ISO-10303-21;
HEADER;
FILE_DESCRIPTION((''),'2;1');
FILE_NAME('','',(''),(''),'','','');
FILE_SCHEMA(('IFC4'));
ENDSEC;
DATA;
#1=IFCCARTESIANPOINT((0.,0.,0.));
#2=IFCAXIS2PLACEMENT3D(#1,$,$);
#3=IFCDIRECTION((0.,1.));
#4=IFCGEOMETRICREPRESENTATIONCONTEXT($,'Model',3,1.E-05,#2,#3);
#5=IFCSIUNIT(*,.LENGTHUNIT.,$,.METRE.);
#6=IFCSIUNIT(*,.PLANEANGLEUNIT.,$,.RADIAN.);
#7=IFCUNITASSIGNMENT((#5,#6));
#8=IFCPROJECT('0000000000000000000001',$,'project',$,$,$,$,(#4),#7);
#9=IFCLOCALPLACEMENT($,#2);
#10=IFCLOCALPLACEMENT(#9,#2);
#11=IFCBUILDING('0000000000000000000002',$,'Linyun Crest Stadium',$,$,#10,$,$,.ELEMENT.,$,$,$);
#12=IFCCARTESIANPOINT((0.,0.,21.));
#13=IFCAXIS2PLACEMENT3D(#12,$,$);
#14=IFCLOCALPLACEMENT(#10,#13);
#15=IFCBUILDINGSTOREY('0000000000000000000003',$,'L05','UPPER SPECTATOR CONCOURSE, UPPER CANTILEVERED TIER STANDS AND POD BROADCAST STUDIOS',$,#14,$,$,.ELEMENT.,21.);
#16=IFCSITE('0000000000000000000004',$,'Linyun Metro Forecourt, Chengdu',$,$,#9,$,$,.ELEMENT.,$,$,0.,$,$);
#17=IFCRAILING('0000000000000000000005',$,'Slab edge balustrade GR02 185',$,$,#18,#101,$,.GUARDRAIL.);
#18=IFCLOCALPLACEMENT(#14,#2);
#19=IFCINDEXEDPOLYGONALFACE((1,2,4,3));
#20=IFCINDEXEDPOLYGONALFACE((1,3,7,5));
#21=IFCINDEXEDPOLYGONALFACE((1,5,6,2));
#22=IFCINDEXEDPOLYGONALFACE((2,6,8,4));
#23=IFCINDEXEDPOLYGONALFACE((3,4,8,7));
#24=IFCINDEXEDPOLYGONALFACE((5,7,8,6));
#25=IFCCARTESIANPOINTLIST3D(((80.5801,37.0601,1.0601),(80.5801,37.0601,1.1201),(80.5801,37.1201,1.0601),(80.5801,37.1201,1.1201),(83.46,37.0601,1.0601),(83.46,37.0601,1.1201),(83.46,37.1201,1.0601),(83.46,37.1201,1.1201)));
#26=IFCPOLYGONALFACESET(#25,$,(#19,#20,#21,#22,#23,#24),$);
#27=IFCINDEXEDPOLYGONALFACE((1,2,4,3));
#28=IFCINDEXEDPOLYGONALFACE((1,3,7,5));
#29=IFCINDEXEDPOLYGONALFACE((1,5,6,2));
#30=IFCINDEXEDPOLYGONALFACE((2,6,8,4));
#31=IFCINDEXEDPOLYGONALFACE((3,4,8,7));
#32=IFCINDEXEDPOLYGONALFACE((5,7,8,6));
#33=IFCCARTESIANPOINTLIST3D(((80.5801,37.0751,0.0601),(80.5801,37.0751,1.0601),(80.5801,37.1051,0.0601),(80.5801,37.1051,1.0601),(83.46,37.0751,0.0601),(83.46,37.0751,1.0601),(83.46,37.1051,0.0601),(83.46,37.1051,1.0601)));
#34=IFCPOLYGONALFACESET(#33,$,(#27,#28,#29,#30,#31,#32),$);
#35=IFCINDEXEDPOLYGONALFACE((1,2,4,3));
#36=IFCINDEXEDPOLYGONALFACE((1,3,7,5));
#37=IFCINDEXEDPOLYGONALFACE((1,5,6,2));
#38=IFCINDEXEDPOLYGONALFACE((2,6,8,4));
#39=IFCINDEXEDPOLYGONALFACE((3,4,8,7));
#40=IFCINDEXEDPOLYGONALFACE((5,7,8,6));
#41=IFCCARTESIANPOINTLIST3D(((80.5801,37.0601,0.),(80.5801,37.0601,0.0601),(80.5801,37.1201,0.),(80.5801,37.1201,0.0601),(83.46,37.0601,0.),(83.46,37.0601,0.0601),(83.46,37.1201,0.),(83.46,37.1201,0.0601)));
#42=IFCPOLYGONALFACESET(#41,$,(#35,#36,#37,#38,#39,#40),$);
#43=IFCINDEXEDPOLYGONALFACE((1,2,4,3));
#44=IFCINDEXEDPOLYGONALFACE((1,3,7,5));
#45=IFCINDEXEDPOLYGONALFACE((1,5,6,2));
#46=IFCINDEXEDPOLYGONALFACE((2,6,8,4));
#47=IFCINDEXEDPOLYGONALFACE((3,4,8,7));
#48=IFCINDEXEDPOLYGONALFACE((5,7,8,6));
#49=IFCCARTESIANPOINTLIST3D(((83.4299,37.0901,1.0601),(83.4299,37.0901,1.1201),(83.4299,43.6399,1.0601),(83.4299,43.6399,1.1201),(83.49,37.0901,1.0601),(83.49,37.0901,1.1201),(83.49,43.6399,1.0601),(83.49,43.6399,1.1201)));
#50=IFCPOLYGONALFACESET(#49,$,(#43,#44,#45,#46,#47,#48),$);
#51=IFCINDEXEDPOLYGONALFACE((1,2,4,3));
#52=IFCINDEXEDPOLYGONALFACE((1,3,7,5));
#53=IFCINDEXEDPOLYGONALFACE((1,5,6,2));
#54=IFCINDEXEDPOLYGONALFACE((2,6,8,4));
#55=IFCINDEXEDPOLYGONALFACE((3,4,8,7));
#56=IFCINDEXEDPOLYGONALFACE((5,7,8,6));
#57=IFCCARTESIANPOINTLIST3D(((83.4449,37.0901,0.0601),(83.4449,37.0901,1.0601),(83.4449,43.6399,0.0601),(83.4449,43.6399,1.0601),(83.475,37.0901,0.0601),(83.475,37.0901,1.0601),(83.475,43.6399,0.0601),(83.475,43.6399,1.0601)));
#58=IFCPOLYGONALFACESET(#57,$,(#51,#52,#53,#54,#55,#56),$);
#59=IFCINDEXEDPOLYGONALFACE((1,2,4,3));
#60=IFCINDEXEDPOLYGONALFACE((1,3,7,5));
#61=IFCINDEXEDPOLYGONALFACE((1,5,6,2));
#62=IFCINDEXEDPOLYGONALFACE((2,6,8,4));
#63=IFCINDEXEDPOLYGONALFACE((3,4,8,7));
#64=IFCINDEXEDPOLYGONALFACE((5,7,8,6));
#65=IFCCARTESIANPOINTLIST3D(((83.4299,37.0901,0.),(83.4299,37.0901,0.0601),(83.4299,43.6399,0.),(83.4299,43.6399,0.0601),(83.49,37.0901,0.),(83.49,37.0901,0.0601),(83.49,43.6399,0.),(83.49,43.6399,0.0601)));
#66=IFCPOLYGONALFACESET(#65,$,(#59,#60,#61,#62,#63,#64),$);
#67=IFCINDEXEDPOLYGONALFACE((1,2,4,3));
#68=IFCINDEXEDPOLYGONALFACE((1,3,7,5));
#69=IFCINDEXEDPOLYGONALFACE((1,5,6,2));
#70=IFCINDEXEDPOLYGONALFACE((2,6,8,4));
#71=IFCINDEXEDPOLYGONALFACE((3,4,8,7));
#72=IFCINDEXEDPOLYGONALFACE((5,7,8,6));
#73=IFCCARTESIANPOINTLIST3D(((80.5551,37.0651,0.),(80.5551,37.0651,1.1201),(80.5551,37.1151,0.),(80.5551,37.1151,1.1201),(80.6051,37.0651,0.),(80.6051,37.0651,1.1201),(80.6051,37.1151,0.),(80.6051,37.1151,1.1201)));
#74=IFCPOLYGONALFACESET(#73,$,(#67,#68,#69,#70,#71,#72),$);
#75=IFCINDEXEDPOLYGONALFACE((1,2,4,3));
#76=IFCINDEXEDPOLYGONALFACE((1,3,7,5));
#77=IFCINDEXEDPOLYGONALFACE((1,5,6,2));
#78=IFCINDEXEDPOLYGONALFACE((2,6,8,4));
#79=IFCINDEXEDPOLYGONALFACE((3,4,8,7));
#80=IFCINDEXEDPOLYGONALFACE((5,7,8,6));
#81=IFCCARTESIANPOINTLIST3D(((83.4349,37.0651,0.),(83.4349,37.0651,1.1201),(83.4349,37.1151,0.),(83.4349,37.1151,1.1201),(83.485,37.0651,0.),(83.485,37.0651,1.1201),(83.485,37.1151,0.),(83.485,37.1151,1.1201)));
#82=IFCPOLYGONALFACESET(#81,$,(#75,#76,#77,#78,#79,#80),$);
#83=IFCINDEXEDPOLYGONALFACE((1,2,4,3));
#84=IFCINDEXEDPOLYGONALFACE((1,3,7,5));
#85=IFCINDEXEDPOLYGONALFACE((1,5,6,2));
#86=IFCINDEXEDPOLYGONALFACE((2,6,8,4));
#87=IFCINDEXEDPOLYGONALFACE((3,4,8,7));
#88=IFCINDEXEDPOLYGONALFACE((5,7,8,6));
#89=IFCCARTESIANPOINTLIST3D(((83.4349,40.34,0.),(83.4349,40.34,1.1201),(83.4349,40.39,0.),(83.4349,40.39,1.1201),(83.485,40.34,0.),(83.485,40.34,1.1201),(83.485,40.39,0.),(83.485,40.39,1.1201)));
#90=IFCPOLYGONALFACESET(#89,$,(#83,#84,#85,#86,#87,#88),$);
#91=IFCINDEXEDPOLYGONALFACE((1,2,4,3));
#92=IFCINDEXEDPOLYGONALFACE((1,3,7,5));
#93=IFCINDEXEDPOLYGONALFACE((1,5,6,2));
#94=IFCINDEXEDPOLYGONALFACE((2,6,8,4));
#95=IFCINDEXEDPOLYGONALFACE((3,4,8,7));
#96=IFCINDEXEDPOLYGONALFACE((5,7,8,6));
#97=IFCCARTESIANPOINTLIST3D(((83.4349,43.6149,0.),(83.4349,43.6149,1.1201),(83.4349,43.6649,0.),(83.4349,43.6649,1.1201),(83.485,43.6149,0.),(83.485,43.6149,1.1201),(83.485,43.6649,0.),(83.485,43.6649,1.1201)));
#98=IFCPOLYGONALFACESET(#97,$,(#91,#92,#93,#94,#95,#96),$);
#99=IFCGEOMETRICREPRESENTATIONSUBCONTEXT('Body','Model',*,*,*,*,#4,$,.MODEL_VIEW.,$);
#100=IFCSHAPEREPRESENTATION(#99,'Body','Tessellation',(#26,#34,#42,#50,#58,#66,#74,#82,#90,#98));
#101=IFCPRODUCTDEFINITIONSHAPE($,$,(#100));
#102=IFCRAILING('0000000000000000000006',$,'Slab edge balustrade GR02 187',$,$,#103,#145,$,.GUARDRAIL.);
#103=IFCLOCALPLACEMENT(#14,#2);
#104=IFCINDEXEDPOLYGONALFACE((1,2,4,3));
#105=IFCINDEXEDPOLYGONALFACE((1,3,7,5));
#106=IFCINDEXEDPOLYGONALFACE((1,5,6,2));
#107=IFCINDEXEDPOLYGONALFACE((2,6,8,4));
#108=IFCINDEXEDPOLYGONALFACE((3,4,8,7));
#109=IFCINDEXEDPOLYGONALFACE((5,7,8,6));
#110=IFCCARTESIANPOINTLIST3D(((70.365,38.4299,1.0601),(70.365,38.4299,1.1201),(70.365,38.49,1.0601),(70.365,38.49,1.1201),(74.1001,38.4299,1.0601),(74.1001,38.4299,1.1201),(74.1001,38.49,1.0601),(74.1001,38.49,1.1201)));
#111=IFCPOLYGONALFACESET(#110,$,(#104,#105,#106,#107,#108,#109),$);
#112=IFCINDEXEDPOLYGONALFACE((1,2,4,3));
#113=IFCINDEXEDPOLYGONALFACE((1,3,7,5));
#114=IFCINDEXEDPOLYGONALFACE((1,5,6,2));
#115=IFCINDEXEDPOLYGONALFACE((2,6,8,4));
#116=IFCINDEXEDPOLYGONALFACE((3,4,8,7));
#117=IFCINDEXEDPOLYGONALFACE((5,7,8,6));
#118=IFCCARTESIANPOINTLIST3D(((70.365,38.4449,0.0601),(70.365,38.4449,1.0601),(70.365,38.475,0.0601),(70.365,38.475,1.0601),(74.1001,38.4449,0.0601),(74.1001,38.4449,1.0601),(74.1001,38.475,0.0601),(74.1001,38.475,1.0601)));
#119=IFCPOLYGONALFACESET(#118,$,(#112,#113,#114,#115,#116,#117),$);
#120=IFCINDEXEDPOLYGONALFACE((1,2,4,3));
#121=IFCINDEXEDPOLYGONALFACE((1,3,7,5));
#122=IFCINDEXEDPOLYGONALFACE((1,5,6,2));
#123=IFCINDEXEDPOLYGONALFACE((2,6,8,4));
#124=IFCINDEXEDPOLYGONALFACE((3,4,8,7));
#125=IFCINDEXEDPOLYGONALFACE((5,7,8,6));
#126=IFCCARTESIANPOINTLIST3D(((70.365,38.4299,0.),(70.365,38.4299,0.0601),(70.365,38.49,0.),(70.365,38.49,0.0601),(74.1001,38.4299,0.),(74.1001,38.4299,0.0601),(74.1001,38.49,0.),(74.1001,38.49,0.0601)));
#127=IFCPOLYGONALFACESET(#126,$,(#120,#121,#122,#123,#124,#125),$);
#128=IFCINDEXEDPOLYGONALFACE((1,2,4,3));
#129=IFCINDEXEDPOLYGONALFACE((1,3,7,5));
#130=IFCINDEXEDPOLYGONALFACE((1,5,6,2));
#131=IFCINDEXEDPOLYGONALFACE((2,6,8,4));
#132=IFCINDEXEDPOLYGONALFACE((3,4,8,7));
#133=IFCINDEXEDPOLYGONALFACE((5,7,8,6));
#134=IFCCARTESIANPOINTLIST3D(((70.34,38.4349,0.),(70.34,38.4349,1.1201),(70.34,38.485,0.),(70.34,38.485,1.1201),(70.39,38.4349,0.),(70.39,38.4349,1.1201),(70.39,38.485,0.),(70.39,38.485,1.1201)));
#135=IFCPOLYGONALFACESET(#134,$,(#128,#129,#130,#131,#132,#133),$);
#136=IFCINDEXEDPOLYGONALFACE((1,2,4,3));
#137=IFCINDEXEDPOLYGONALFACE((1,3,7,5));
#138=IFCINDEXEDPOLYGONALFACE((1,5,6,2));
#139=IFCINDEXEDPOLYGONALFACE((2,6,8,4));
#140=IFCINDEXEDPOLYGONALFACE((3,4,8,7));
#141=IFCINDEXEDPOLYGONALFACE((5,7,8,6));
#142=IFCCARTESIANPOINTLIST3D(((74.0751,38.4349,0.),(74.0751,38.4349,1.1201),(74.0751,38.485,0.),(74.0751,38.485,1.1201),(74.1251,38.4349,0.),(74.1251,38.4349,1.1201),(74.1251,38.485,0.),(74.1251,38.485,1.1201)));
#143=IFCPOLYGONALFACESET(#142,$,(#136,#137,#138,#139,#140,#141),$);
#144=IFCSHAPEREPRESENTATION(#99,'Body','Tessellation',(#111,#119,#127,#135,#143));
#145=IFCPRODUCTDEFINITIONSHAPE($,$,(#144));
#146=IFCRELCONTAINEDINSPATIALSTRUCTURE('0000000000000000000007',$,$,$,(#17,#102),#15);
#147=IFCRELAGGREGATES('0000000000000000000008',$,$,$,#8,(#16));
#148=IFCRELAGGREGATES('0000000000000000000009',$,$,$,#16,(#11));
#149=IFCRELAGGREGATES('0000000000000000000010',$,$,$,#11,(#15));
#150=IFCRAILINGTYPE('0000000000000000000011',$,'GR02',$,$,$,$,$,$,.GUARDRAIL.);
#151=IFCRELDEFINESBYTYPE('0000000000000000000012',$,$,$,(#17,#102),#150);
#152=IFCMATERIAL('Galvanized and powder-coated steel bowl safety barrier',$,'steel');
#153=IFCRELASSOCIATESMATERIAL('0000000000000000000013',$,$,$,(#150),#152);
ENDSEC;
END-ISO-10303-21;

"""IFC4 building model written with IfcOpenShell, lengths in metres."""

from ifc_helpers import new_model, si_unit, direction, frame, origin, origin_2d, place, context, subcontext, project, spatial, rectangle, extrude, material, type_object, element, save


model = new_model("IFC4")

# Units and contexts
model_context = context("Model", 3, precision=1e-05, world=origin(), true_north=direction((0.0, 1.0)))
body_context = subcontext(model_context, "Body", "Model", "MODEL_VIEW")
ifc_project = project(units=[si_unit("LENGTHUNIT", "METRE"), si_unit("PLANEANGLEUNIT", "RADIAN")], contexts=[model_context])

# Site, building, storey
site_placement = place(None, origin())
site = spatial("IfcSite", under=ifc_project, at=site_placement, Name="Linyun Metro Forecourt, Chengdu", CompositionType="ELEMENT", RefElevation=0.0)
building_placement = place(site_placement, origin())
building = spatial("IfcBuilding", under=site, at=building_placement, Name="Linyun Crest Stadium", CompositionType="ELEMENT")
storey_placement = place(building_placement, frame((0.0, 0.0, 21.0)))
storey = spatial("IfcBuildingStorey", under=building, at=storey_placement, Name="L05", Description="UPPER SPECTATOR CONCOURSE, UPPER CANTILEVERED TIER STANDS AND POD BROADCAST STUDIOS", CompositionType="ELEMENT", Elevation=21.0)

# Railings
ifc_material_1 = material(Name="Galvanized and powder-coated steel bowl safety barrier", Category="steel")
railing_type_1 = type_object("IfcRailingType", Name="GR02", PredefinedType="GUARDRAIL", material=ifc_material_1)
railing_1_placement = place(storey_placement, frame((80.5801, 37.0901, 0.0)))
element("IfcRailing", 1, at=railing_1_placement, inside=storey, type_object=railing_type_1, Name="Slab edge balustrade GR02 185", PredefinedType="GUARDRAIL", context=body_context, shape_type="SweptSolid", body=[
    extrude(rectangle(XDim=0.0601, YDim=0.0601, at=origin_2d()), frame((0.0, 0.0, 1.0901), z_axis=(1.0, 0.0, 0.0), x_axis=(0.0, 1.0, 0.0)), (0.0, 0.0, 1.0), 2.8799),
    extrude(rectangle(XDim=0.03, YDim=1.0, at=origin_2d()), frame((0.0, 0.0, 0.5601), z_axis=(1.0, 0.0, 0.0), x_axis=(0.0, 1.0, 0.0)), (0.0, 0.0, 1.0), 2.8799),
    extrude(rectangle(XDim=0.0601, YDim=0.0601, at=origin_2d()), frame((0.0, 0.0, 0.03), z_axis=(1.0, 0.0, 0.0), x_axis=(0.0, 1.0, 0.0)), (0.0, 0.0, 1.0), 2.8799),
    extrude(rectangle(XDim=0.0601, YDim=0.0601, at=origin_2d()), frame((2.8799, 0.0, 1.0901), z_axis=(0.0, 1.0, 0.0), x_axis=(-1.0, 0.0, 0.0)), (0.0, 0.0, 1.0), 6.5498),
    extrude(rectangle(XDim=0.03, YDim=1.0, at=origin_2d()), frame((2.8799, 0.0, 0.5601), z_axis=(0.0, 1.0, 0.0), x_axis=(-1.0, 0.0, 0.0)), (0.0, 0.0, 1.0), 6.5498),
    extrude(rectangle(XDim=0.0601, YDim=0.0601, at=origin_2d()), frame((2.8799, 0.0, 0.03), z_axis=(0.0, 1.0, 0.0), x_axis=(-1.0, 0.0, 0.0)), (0.0, 0.0, 1.0), 6.5498),
    extrude(rectangle(XDim=0.05, YDim=0.05, at=origin_2d()), origin(), (0.0, 0.0, 1.0), 1.1201),
    extrude(rectangle(XDim=0.05, YDim=0.05, at=origin_2d()), frame((2.8799, 0.0, 0.0)), (0.0, 0.0, 1.0), 1.1201),
    extrude(rectangle(XDim=0.05, YDim=0.05, at=origin_2d()), frame((2.8799, 3.2749, 0.0)), (0.0, 0.0, 1.0), 1.1201),
    extrude(rectangle(XDim=0.05, YDim=0.05, at=origin_2d()), frame((2.8799, 6.5498, 0.0)), (0.0, 0.0, 1.0), 1.1201),
])
railing_2_placement = place(storey_placement, frame((70.365, 38.46, 0.0)))
element("IfcRailing", 2, at=railing_2_placement, inside=storey, type_object=railing_type_1, Name="Slab edge balustrade GR02 187", PredefinedType="GUARDRAIL", context=body_context, shape_type="SweptSolid", body=[
    extrude(rectangle(XDim=0.0601, YDim=0.0601, at=origin_2d()), frame((0.0, 0.0, 1.0901), z_axis=(1.0, 0.0, 0.0), x_axis=(0.0, 1.0, 0.0)), (0.0, 0.0, 1.0), 3.7351),
    extrude(rectangle(XDim=0.03, YDim=1.0, at=origin_2d()), frame((0.0, 0.0, 0.5601), z_axis=(1.0, 0.0, 0.0), x_axis=(0.0, 1.0, 0.0)), (0.0, 0.0, 1.0), 3.7351),
    extrude(rectangle(XDim=0.0601, YDim=0.0601, at=origin_2d()), frame((0.0, 0.0, 0.03), z_axis=(1.0, 0.0, 0.0), x_axis=(0.0, 1.0, 0.0)), (0.0, 0.0, 1.0), 3.7351),
    extrude(rectangle(XDim=0.05, YDim=0.05, at=origin_2d()), origin(), (0.0, 0.0, 1.0), 1.1201),
    extrude(rectangle(XDim=0.05, YDim=0.05, at=origin_2d()), frame((3.7351, 0.0, 0.0)), (0.0, 0.0, 1.0), 1.1201),
])

save(model, "model.ifc")
